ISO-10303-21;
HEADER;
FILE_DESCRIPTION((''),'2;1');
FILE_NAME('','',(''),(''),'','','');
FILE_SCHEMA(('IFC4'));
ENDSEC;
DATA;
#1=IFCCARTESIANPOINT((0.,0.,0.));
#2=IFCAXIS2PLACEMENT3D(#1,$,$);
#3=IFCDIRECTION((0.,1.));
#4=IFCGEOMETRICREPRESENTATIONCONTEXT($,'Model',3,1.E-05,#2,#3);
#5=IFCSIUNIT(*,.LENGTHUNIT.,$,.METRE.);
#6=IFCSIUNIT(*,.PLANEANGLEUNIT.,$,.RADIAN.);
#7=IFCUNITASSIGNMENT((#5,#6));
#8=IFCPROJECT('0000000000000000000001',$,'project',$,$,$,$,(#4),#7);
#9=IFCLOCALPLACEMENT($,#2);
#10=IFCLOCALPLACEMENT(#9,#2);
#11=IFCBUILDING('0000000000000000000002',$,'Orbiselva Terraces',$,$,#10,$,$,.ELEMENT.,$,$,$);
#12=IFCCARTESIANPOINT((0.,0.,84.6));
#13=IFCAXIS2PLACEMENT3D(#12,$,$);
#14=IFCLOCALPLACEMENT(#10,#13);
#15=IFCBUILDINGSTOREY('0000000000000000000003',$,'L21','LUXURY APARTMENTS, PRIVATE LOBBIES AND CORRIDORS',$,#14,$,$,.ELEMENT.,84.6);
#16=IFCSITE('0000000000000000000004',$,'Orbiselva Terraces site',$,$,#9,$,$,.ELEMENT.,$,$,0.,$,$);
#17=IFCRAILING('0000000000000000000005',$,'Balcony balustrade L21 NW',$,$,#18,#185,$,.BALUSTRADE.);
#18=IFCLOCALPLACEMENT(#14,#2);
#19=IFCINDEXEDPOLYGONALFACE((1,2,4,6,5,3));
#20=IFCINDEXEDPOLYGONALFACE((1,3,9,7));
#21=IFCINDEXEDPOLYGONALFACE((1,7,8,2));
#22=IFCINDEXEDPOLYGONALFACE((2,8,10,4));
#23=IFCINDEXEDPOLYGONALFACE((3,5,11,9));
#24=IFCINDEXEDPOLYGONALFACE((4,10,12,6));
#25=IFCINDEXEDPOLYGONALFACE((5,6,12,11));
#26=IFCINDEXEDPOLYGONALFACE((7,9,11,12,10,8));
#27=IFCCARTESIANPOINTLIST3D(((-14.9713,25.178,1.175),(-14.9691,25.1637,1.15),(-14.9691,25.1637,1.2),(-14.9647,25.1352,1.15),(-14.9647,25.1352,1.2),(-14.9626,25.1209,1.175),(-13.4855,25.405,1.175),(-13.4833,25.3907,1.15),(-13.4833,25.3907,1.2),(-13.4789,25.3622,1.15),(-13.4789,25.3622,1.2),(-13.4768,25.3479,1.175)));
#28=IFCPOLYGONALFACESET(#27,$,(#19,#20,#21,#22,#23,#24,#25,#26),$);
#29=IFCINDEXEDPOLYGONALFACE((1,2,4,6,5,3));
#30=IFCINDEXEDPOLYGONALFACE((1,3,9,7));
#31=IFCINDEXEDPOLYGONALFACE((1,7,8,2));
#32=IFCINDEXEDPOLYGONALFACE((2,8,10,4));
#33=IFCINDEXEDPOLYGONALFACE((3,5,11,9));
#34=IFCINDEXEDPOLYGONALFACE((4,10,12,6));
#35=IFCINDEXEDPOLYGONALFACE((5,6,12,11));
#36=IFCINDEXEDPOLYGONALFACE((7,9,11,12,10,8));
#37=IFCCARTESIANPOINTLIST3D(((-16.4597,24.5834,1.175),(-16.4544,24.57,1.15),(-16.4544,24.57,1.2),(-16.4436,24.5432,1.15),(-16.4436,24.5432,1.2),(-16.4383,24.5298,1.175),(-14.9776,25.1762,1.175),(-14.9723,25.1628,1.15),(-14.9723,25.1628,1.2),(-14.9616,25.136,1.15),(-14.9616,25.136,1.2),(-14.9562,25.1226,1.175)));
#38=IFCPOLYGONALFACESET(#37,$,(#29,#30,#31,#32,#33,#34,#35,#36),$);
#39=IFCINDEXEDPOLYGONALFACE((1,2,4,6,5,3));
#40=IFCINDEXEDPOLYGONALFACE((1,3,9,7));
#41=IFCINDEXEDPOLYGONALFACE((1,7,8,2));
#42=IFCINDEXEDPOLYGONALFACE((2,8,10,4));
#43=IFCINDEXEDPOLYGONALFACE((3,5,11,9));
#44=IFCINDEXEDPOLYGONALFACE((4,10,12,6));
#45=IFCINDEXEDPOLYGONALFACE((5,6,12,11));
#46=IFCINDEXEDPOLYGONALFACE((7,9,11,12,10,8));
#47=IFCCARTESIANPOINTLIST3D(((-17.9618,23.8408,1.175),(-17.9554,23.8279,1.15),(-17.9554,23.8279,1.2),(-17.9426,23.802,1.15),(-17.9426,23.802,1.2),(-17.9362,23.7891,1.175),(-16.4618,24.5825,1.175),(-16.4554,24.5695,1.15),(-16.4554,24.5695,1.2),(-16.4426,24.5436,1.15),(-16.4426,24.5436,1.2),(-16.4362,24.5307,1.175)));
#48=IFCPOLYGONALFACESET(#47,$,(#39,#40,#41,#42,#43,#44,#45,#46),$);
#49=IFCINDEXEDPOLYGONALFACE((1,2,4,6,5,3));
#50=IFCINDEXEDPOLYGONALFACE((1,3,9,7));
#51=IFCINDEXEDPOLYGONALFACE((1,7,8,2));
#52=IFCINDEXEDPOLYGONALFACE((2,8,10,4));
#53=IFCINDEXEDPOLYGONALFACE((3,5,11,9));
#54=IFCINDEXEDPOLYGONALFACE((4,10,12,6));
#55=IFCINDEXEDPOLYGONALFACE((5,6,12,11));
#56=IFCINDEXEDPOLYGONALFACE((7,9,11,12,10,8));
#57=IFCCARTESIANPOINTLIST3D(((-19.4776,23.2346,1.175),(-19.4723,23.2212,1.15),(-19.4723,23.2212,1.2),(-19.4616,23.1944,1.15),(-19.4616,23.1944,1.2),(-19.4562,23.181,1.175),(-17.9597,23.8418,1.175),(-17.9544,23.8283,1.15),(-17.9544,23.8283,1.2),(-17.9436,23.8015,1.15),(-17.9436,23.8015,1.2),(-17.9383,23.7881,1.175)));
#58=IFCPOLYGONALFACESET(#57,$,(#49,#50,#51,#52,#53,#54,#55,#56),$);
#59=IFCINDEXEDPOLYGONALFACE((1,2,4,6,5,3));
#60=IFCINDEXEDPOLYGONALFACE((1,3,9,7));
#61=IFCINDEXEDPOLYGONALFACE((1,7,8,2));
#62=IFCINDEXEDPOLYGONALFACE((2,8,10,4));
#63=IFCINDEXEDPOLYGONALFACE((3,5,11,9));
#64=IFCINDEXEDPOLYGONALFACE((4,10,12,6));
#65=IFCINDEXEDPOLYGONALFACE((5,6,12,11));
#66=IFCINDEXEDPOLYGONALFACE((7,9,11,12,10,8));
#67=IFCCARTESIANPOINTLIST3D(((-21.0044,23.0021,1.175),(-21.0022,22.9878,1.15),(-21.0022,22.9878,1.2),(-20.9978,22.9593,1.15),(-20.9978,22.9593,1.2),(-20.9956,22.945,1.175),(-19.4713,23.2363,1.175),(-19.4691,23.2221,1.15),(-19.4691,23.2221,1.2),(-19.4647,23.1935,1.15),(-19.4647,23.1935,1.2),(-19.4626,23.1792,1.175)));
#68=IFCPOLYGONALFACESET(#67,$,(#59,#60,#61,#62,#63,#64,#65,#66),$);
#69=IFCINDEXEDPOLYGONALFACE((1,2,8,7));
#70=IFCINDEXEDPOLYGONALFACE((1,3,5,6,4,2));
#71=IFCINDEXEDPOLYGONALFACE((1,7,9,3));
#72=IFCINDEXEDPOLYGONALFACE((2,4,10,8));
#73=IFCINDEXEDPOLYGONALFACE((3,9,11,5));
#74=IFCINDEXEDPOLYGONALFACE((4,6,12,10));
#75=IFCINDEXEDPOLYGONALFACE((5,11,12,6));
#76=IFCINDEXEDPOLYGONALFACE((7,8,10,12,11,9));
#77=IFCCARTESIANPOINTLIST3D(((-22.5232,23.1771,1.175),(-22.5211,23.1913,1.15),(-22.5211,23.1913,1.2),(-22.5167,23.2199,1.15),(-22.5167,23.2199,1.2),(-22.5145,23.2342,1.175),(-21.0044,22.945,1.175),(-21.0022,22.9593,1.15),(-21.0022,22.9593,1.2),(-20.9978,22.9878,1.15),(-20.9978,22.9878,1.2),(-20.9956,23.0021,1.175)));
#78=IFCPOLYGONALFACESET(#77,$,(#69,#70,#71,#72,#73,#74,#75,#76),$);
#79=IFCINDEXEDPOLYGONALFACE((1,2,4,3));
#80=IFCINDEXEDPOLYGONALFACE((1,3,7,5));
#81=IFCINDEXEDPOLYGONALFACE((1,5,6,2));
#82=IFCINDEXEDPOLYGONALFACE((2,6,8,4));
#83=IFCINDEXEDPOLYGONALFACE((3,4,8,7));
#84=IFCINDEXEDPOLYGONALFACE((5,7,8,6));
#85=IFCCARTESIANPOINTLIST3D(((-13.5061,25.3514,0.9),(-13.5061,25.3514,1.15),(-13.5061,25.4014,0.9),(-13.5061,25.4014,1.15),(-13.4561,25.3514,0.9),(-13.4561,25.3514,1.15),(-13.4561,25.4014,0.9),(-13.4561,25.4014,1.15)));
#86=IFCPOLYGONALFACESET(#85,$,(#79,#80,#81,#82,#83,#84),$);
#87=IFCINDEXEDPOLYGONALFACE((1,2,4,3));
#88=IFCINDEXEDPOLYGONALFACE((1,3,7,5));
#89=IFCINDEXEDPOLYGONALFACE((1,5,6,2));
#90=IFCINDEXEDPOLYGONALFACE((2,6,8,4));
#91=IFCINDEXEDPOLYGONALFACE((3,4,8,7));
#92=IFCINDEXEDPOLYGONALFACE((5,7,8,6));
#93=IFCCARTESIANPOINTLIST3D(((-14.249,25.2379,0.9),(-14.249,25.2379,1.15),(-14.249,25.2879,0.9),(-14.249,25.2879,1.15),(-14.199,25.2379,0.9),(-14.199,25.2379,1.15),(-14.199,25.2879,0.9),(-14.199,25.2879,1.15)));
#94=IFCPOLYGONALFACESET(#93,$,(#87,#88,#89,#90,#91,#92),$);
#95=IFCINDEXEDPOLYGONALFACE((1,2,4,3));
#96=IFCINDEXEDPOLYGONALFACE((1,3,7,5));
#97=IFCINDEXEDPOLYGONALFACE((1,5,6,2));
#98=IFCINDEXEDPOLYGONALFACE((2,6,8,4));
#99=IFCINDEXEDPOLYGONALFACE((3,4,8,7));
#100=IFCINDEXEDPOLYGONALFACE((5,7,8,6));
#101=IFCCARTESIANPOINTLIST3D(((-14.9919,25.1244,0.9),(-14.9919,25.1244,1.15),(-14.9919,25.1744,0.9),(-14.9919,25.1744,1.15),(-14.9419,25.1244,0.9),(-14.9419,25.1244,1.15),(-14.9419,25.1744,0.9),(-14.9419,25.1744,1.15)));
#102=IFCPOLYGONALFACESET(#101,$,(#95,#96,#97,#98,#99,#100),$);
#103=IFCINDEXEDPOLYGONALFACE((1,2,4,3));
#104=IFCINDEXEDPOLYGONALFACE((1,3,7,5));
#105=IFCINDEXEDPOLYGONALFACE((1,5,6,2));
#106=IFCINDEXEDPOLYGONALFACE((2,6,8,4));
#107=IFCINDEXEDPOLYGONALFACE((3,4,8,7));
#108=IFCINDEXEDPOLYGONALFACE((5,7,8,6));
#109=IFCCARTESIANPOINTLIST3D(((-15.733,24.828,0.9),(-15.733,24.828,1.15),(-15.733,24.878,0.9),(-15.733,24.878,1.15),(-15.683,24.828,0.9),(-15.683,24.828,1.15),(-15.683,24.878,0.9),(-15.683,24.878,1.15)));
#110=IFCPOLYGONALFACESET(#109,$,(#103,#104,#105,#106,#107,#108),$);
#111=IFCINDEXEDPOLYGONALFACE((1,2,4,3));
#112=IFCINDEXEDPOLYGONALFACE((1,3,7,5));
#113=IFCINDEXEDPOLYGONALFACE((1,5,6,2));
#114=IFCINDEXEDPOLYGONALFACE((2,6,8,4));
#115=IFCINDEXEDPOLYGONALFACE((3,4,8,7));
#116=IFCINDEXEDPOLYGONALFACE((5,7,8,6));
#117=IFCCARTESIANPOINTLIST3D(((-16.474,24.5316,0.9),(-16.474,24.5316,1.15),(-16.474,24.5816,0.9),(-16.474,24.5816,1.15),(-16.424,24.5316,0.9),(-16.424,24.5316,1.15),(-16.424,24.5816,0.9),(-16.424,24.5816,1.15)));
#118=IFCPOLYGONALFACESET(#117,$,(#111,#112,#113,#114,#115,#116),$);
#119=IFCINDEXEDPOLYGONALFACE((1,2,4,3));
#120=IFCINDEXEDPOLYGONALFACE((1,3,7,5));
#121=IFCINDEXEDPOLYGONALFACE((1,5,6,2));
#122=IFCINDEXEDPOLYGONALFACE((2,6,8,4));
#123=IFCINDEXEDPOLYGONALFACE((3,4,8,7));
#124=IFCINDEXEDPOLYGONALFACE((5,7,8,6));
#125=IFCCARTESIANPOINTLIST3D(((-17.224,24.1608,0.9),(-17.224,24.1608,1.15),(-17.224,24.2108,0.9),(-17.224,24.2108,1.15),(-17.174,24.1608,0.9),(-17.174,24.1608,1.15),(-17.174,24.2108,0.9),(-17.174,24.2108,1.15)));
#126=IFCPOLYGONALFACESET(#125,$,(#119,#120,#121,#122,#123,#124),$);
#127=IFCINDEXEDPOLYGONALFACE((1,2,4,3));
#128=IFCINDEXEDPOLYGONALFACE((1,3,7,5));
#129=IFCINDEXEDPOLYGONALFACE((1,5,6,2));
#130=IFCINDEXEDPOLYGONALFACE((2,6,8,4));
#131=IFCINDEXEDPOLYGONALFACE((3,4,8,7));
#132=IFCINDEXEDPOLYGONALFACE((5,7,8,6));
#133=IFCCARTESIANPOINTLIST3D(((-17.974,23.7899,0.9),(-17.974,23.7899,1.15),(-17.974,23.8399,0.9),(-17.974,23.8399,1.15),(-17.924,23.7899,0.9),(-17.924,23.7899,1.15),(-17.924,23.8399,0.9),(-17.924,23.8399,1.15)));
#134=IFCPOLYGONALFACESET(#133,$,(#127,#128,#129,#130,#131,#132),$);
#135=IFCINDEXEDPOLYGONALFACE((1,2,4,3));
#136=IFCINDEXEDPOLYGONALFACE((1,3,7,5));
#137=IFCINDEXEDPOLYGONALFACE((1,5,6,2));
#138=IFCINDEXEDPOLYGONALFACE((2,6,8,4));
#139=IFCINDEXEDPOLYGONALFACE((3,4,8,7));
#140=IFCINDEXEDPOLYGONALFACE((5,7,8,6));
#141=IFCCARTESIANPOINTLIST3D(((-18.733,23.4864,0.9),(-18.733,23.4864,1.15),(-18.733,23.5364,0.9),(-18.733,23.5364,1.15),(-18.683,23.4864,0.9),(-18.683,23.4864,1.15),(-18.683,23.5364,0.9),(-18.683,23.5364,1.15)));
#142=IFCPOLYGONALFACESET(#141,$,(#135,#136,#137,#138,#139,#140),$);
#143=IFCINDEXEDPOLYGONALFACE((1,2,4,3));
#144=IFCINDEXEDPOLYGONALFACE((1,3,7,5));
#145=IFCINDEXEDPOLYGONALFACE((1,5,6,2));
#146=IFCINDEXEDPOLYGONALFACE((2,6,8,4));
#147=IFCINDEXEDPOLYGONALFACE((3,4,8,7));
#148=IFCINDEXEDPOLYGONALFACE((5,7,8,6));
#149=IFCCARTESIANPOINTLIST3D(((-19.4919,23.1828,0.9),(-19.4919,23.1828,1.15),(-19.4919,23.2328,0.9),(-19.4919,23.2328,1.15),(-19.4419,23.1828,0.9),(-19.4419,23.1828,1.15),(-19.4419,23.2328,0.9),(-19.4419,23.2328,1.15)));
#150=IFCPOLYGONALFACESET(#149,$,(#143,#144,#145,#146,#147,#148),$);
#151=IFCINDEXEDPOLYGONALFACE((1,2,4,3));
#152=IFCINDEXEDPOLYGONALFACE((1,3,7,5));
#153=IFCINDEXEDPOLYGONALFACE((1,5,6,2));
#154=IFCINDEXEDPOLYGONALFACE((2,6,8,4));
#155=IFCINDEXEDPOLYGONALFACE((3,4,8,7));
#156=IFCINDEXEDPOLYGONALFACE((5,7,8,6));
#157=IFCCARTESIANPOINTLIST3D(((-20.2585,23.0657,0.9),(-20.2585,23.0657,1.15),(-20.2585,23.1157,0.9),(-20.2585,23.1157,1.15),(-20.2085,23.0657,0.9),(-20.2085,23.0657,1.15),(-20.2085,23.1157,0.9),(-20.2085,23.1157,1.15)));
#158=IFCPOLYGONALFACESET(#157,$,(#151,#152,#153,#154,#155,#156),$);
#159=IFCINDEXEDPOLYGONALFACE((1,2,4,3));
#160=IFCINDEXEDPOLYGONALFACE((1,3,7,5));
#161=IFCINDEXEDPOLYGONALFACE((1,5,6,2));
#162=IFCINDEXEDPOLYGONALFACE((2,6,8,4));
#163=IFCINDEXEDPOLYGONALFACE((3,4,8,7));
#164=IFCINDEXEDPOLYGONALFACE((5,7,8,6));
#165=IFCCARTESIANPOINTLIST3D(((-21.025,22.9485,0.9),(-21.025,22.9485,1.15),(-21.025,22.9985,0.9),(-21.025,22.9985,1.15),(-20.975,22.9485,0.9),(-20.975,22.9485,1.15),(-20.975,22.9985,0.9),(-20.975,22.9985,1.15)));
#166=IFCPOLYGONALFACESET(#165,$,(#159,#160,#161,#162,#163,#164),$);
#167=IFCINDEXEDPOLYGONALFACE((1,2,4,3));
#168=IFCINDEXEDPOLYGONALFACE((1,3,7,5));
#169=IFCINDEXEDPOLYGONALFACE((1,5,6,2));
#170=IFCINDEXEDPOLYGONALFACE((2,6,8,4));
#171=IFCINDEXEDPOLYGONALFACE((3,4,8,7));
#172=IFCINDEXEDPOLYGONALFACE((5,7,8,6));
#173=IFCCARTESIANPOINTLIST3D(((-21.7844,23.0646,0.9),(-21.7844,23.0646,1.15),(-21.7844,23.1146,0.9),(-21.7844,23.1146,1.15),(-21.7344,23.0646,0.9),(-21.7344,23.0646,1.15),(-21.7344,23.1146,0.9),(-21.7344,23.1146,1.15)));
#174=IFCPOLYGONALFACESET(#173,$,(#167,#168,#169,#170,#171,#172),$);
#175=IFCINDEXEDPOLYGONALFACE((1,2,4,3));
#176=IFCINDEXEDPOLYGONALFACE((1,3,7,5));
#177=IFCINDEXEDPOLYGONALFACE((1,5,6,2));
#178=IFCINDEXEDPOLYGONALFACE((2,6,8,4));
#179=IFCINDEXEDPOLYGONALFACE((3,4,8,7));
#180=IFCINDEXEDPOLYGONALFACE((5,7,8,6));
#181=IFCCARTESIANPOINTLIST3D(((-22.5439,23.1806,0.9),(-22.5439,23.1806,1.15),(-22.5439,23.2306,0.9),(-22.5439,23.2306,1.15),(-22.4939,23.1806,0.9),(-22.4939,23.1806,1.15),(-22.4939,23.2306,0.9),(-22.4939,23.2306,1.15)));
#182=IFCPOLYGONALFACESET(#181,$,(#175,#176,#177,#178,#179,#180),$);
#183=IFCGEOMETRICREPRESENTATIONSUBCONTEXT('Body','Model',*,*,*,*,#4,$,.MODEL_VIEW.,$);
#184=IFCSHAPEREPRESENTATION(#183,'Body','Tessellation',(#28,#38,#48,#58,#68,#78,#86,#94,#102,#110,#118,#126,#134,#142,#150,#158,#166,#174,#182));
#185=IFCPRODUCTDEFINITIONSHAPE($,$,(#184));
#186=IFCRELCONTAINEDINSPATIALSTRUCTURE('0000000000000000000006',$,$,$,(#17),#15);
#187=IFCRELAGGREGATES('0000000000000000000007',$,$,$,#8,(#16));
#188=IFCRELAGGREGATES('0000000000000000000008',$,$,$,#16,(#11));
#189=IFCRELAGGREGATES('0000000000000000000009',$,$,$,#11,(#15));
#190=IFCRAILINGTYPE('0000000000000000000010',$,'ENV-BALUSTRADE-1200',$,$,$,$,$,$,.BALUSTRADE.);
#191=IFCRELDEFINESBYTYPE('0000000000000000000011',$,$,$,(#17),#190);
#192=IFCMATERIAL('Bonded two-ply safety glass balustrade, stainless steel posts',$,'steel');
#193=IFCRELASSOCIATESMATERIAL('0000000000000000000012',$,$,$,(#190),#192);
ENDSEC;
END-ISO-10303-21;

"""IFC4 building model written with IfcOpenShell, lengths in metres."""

from ifc_helpers import new_model, si_unit, direction, frame, origin, origin_2d, place, context, subcontext, project, spatial, polyline, rectangle, outline, extrude, material, type_object, element, save


model = new_model("IFC4")

# Units and contexts
model_context = context("Model", 3, precision=1e-05, world=origin(), true_north=direction((0.0, 1.0)))
body_context = subcontext(model_context, "Body", "Model", "MODEL_VIEW")
ifc_project = project(units=[si_unit("LENGTHUNIT", "METRE"), si_unit("PLANEANGLEUNIT", "RADIAN")], contexts=[model_context])

# Site, building, storey
site_placement = place(None, origin())
site = spatial("IfcSite", under=ifc_project, at=site_placement, Name="Orbiselva Terraces site", CompositionType="ELEMENT", RefElevation=0.0)
building_placement = place(site_placement, origin())
building = spatial("IfcBuilding", under=site, at=building_placement, Name="Orbiselva Terraces", CompositionType="ELEMENT")
storey_placement = place(building_placement, frame((0.0, 0.0, 84.6)))
storey = spatial("IfcBuildingStorey", under=building, at=storey_placement, Name="L21", Description="LUXURY APARTMENTS, PRIVATE LOBBIES AND CORRIDORS", CompositionType="ELEMENT", Elevation=84.6)

# Railing
ifc_material_1 = material(Name="Bonded two-ply safety glass balustrade, stainless steel posts", Category="steel")
railing_type_1 = type_object("IfcRailingType", Name="ENV-BALUSTRADE-1200", PredefinedType="BALUSTRADE", material=ifc_material_1)
railing_1_placement = place(storey_placement, frame((-13.4811, 25.3764, 0.9)))
element("IfcRailing", 1, at=railing_1_placement, inside=storey, type_object=railing_type_1, Name="Balcony balustrade L21 NW", PredefinedType="BALUSTRADE", context=body_context, shape_type="SweptSolid", body=[
    extrude(outline(polyline([(0.0289, 0.0), (0.0144, 0.025), (-0.0144, 0.025), (-0.0289, 0.0), (-0.0144, -0.025), (0.0144, -0.025), (0.0289, 0.0)])), frame((0.0, 0.0, 0.275), z_axis=(-0.988529, -0.151034, 0.0), x_axis=(0.151034, -0.988529, 0.0)), (0.0, 0.0, 1.0), 1.503),
    extrude(outline(polyline([(0.0289, 0.0), (0.0144, 0.025), (-0.0144, 0.025), (-0.0289, 0.0), (-0.0144, -0.025), (0.0144, -0.025), (0.0289, 0.0)])), frame((-1.4858, -0.227, 0.275), z_axis=(-0.928477, -0.371391, 0.0), x_axis=(0.371391, -0.928477, 0.0)), (0.0, 0.0, 1.0), 1.5963),
    extrude(outline(polyline([(0.0289, 0.0), (0.0144, 0.025), (-0.0144, 0.025), (-0.0289, 0.0), (-0.0144, -0.025), (0.0144, -0.025), (0.0289, 0.0)])), frame((-2.9679, -0.8198, 0.275), z_axis=(-0.896417, -0.443212, 0.0), x_axis=(0.443212, -0.896417, 0.0)), (0.0, 0.0, 1.0), 1.6733),
    extrude(outline(polyline([(0.0289, 0.0), (0.0144, 0.025), (-0.0144, 0.025), (-0.0289, 0.0), (-0.0144, -0.025), (0.0144, -0.025), (0.0289, 0.0)])), frame((-4.4679, -1.5615, 0.275), z_axis=(-0.928477, -0.37139, 0.0), x_axis=(0.37139, -0.928477, 0.0)), (0.0, 0.0, 1.0), 1.6348),
    extrude(outline(polyline([(0.0289, 0.0), (0.0144, 0.025), (-0.0144, 0.025), (-0.0289, 0.0), (-0.0144, -0.025), (0.0144, -0.025), (0.0289, 0.0)])), frame((-5.9858, -2.1686, 0.275), z_axis=(-0.988529, -0.151034, 0.0), x_axis=(0.151034, -0.988529, 0.0)), (0.0, 0.0, 1.0), 1.5509),
    extrude(outline(polyline([(0.0289, 0.0), (0.0144, 0.025), (-0.0144, 0.025), (-0.0289, 0.0), (-0.0144, -0.025), (0.0144, -0.025), (0.0289, 0.0)])), frame((-7.5189, -2.4029, 0.275), z_axis=(-0.988529, 0.151034, 0.0), x_axis=(-0.151034, -0.988529, 0.0)), (0.0, 0.0, 1.0), 1.5365),
    extrude(rectangle(XDim=0.05, YDim=0.05, at=origin_2d()), origin(), (0.0, 0.0, 1.0), 0.25),
    extrude(rectangle(XDim=0.05, YDim=0.05, at=origin_2d()), frame((-0.7429, -0.1135, 0.0)), (0.0, 0.0, 1.0), 0.25),
    extrude(rectangle(XDim=0.05, YDim=0.05, at=origin_2d()), frame((-1.4858, -0.227, 0.0)), (0.0, 0.0, 1.0), 0.25),
    extrude(rectangle(XDim=0.05, YDim=0.05, at=origin_2d()), frame((-2.2268, -0.5234, 0.0)), (0.0, 0.0, 1.0), 0.25),
    extrude(rectangle(XDim=0.05, YDim=0.05, at=origin_2d()), frame((-2.9679, -0.8198, 0.0)), (0.0, 0.0, 1.0), 0.25),
    extrude(rectangle(XDim=0.05, YDim=0.05, at=origin_2d()), frame((-3.7179, -1.1907, 0.0)), (0.0, 0.0, 1.0), 0.25),
    extrude(rectangle(XDim=0.05, YDim=0.05, at=origin_2d()), frame((-4.4679, -1.5615, 0.0)), (0.0, 0.0, 1.0), 0.25),
    extrude(rectangle(XDim=0.05, YDim=0.05, at=origin_2d()), frame((-5.2268, -1.8651, 0.0)), (0.0, 0.0, 1.0), 0.25),
    extrude(rectangle(XDim=0.05, YDim=0.05, at=origin_2d()), frame((-5.9858, -2.1686, 0.0)), (0.0, 0.0, 1.0), 0.25),
    extrude(rectangle(XDim=0.05, YDim=0.05, at=origin_2d()), frame((-6.7523, -2.2858, 0.0)), (0.0, 0.0, 1.0), 0.25),
    extrude(rectangle(XDim=0.05, YDim=0.05, at=origin_2d()), frame((-7.5189, -2.4029, 0.0)), (0.0, 0.0, 1.0), 0.25),
    extrude(rectangle(XDim=0.05, YDim=0.05, at=origin_2d()), frame((-8.2783, -2.2869, 0.0)), (0.0, 0.0, 1.0), 0.25),
    extrude(rectangle(XDim=0.05, YDim=0.05, at=origin_2d()), frame((-9.0378, -2.1708, 0.0)), (0.0, 0.0, 1.0), 0.25),
])

save(model, "model.ifc")
